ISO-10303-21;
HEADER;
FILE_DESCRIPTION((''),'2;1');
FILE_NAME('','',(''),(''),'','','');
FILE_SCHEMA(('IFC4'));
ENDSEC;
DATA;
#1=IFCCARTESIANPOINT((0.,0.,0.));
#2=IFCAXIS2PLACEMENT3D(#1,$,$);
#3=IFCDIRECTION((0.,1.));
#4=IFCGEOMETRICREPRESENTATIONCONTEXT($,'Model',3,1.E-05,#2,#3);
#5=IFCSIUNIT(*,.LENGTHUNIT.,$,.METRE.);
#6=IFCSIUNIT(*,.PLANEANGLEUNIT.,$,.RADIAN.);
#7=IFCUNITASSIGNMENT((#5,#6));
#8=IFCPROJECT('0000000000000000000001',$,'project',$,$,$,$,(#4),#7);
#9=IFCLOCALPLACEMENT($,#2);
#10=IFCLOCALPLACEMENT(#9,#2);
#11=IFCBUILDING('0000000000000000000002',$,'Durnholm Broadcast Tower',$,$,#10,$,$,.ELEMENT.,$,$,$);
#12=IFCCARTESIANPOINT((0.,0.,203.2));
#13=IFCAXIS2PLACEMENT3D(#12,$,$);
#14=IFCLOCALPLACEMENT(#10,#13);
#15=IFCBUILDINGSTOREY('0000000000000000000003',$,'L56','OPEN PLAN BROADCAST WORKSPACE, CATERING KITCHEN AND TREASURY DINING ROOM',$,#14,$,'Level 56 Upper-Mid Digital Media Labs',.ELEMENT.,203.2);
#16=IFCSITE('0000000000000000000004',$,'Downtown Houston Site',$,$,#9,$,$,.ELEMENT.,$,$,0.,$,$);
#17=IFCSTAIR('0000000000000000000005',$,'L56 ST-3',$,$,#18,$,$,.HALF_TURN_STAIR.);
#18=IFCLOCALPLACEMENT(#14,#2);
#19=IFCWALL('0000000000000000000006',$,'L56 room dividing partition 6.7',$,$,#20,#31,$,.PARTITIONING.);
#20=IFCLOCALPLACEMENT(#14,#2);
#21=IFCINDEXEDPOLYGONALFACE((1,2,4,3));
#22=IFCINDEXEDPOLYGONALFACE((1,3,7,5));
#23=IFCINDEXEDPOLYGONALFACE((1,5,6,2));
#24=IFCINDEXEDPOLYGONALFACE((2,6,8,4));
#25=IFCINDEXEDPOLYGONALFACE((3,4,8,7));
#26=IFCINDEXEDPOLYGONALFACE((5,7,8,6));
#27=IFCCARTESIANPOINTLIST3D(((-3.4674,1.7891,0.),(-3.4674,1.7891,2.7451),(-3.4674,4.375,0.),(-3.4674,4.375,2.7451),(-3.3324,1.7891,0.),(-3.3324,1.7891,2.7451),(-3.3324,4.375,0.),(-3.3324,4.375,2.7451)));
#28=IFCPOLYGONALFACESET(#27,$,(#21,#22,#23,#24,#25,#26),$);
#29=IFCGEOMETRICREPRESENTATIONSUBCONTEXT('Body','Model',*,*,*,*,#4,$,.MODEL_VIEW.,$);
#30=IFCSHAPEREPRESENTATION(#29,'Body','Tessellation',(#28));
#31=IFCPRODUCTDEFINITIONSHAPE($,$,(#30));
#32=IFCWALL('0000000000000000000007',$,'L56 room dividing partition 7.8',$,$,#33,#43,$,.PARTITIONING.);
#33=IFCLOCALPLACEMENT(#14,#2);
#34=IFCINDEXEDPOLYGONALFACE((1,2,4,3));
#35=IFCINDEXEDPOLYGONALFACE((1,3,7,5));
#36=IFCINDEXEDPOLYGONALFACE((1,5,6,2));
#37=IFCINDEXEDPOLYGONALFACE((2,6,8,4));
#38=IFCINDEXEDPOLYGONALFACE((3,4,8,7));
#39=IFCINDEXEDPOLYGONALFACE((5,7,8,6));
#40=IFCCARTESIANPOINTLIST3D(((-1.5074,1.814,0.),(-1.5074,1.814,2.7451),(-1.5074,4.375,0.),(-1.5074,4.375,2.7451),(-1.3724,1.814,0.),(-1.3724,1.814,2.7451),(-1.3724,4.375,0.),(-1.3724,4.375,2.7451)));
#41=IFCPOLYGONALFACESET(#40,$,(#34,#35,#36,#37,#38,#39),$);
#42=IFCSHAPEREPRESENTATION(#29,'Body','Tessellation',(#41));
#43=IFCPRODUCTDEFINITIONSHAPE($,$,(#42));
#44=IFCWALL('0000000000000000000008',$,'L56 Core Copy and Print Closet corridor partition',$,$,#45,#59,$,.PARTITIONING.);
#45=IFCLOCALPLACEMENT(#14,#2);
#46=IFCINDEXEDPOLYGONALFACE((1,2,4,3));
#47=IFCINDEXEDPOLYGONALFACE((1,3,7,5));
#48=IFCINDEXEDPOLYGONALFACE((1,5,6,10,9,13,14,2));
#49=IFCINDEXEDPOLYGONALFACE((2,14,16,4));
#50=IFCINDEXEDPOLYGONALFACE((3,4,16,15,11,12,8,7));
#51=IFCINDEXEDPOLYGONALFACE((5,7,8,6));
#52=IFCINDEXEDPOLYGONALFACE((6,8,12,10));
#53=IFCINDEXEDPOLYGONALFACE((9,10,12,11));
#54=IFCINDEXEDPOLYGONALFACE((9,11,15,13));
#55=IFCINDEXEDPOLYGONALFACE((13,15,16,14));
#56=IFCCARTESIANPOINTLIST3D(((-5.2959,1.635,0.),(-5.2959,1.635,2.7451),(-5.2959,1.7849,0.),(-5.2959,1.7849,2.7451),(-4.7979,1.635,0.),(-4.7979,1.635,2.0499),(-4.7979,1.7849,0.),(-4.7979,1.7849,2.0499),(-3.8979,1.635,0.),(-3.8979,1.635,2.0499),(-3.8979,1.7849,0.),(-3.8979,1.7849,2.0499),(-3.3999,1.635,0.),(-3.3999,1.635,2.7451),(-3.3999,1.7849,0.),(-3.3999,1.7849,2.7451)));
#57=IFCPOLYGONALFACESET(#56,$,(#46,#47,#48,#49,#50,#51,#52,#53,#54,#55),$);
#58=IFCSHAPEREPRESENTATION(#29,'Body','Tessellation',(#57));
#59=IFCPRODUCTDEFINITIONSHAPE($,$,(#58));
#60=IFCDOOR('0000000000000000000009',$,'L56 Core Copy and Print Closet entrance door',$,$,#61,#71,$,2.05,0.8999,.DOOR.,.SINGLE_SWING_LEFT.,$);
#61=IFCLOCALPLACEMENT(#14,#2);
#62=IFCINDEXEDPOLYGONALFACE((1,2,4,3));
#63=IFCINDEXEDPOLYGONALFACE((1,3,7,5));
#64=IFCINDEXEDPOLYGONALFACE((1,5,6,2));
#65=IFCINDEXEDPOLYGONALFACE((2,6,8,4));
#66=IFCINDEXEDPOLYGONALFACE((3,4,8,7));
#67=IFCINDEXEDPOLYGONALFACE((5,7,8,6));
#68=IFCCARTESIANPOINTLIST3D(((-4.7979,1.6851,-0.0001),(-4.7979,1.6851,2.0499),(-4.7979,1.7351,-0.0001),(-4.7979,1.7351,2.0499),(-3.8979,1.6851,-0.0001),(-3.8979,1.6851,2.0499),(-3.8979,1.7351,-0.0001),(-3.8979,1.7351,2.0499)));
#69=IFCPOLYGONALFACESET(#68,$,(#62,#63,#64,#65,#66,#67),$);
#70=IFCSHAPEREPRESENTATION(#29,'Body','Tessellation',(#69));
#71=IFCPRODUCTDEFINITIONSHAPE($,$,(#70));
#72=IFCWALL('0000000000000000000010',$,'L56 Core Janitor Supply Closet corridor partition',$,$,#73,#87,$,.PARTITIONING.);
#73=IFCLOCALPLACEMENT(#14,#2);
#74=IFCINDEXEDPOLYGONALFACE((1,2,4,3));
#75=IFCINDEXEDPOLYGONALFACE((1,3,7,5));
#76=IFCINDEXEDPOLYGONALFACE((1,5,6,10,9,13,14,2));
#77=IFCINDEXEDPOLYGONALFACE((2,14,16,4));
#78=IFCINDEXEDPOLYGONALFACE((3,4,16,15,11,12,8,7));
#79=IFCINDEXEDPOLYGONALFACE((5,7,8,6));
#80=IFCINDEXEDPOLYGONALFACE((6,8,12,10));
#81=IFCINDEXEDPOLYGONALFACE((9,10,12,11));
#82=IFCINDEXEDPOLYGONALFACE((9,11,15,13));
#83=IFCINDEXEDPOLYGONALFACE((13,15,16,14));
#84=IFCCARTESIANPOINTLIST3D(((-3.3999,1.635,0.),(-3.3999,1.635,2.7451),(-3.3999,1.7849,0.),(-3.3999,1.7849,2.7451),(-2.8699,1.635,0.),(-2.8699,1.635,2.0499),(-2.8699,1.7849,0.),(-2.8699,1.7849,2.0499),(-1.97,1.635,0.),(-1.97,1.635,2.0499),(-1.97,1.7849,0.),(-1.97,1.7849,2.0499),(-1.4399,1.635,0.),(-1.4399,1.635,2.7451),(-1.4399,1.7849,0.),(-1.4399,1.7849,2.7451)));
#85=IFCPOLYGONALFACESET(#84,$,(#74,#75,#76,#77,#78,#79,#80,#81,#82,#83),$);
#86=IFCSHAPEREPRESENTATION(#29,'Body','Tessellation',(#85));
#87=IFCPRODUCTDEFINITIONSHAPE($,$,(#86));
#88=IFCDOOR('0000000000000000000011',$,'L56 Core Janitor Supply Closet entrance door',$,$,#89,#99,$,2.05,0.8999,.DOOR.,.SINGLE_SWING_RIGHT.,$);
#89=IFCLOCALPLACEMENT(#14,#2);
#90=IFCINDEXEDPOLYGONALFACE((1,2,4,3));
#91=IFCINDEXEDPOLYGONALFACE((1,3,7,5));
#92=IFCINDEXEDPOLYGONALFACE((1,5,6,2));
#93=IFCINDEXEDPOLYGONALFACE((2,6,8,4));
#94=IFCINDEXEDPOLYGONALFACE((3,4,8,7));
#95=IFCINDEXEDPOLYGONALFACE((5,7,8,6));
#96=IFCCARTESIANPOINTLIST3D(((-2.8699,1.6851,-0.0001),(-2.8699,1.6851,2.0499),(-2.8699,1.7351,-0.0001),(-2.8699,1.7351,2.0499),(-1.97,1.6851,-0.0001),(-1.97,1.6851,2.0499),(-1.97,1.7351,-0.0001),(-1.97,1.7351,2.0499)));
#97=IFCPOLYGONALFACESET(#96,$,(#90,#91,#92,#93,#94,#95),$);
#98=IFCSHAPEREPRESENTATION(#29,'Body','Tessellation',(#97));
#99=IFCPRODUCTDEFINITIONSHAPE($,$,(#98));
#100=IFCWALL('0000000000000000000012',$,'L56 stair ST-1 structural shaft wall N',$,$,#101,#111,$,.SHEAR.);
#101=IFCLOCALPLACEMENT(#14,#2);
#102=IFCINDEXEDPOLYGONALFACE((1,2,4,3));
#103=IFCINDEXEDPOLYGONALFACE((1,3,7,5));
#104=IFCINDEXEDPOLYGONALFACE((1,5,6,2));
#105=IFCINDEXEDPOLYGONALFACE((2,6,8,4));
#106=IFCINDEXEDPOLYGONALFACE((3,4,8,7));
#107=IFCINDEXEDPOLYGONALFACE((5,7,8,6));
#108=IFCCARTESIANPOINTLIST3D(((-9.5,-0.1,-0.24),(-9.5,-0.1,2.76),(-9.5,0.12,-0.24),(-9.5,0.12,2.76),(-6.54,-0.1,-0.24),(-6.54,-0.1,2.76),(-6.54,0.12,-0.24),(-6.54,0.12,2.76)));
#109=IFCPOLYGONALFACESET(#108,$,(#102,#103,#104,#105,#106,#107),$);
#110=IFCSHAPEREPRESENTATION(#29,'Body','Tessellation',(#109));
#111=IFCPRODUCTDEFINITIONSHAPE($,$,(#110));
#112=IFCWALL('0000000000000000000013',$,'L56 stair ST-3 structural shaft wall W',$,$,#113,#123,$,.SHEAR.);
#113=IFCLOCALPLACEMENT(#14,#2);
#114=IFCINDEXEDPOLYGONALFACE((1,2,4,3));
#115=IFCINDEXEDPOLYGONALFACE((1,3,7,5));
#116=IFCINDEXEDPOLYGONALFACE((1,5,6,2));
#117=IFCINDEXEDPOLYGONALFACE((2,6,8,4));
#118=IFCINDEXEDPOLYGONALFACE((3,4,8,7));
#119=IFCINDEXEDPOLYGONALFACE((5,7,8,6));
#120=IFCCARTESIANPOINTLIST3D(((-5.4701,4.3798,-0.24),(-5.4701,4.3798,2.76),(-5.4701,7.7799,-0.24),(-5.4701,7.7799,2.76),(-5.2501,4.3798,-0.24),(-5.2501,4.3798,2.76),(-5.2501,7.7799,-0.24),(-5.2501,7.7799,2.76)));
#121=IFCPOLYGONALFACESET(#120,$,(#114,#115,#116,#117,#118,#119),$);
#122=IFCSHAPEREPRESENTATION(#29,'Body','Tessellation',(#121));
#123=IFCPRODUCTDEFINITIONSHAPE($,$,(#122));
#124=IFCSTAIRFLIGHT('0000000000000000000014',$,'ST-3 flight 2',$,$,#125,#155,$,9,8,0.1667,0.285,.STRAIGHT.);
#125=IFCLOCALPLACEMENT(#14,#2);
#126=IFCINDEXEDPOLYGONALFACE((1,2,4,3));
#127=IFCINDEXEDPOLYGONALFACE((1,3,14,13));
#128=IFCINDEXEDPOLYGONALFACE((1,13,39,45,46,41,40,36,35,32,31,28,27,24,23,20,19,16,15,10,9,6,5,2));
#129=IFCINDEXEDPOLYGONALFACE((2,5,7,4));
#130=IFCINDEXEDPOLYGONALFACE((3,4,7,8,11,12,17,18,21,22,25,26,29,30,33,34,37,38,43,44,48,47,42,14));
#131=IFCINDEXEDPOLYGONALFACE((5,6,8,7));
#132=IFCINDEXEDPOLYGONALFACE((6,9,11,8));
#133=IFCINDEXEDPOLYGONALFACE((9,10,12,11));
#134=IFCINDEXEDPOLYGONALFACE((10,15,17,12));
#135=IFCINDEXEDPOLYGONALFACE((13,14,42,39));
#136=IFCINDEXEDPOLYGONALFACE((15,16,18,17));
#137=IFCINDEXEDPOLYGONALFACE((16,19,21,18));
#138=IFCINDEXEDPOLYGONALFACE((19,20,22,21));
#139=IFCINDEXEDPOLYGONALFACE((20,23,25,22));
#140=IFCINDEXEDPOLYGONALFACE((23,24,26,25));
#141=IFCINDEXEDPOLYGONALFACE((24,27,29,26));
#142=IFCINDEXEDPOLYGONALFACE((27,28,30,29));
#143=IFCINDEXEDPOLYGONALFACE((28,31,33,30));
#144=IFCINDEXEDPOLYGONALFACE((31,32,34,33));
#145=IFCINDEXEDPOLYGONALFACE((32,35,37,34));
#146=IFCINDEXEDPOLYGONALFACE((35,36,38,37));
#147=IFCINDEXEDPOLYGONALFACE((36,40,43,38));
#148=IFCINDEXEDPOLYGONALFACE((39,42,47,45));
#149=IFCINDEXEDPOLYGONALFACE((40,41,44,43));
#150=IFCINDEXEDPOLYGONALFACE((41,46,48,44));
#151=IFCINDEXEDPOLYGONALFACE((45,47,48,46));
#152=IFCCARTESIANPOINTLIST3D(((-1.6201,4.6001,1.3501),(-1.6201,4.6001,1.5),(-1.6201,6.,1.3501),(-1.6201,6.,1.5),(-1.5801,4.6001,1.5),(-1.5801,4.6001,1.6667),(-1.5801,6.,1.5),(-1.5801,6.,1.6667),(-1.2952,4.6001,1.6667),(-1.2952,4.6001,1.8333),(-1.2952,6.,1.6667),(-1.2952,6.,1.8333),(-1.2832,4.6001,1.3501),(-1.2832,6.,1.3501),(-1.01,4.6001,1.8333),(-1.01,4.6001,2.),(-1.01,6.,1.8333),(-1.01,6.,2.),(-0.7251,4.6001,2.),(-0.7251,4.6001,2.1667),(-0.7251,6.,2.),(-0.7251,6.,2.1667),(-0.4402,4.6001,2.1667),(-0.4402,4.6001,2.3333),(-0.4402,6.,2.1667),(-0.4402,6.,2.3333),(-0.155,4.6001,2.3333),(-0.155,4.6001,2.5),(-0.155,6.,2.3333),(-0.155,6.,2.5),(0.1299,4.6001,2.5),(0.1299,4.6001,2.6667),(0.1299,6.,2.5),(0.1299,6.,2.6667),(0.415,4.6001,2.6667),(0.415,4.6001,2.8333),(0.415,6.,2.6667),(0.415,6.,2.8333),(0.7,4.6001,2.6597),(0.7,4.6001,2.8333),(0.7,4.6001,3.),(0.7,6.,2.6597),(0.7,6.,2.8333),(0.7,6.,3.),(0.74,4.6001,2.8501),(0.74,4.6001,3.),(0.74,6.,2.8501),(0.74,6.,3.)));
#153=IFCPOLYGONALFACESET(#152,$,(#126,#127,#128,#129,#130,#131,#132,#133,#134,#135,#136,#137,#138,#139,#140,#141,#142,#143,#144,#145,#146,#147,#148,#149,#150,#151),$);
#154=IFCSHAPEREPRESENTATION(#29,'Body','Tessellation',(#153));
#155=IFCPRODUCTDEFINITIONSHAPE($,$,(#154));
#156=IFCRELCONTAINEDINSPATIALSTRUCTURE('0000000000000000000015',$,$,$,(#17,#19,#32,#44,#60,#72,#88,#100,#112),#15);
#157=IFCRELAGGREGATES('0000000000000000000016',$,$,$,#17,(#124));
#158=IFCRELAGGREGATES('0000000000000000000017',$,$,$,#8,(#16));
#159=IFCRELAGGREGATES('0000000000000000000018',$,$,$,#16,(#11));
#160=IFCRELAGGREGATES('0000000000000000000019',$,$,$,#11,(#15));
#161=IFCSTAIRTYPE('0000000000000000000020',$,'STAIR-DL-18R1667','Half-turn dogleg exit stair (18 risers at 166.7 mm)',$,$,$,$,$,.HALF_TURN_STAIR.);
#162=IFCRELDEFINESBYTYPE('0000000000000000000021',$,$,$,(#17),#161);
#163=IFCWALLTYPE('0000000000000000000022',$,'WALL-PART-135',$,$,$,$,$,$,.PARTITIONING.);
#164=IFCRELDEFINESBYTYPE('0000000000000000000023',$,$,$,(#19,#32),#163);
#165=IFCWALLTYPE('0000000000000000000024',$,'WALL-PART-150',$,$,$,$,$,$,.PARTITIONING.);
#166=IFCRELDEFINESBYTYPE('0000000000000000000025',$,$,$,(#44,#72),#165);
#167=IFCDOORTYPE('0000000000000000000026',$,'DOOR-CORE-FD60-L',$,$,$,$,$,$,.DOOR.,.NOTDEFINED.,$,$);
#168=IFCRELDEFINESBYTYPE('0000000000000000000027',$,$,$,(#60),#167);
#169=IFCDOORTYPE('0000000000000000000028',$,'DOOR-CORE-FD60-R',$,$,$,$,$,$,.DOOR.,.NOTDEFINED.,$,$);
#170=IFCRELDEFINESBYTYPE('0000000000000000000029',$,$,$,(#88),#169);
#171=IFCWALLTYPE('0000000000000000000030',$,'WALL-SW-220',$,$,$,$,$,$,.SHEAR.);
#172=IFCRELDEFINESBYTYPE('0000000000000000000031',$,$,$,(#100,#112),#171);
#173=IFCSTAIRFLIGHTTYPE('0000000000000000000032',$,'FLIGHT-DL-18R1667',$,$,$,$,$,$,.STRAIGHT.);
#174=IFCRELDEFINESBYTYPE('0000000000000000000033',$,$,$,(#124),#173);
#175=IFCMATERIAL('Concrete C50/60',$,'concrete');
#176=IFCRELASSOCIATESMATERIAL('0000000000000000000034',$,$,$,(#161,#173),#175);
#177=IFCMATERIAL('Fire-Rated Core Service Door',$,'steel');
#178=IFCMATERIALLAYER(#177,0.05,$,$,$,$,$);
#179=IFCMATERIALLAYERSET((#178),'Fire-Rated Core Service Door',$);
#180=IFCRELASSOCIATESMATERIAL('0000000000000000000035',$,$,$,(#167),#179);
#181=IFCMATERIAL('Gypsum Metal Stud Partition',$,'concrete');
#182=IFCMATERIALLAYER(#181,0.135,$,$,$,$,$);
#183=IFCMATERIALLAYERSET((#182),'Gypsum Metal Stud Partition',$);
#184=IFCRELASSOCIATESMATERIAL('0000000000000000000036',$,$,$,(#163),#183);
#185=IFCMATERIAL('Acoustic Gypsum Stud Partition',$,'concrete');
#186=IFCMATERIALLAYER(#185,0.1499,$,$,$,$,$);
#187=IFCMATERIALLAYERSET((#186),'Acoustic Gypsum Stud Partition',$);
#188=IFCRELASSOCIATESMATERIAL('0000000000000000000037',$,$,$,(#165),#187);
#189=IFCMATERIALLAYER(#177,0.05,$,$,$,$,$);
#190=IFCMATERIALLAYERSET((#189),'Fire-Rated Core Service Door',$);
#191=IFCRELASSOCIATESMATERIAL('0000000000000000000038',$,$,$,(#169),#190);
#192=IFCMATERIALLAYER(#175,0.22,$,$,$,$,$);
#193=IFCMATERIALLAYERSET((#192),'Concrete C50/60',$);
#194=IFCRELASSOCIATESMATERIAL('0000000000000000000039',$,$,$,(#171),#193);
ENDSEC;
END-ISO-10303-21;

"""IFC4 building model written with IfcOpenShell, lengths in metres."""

from ifc_helpers import new_model, si_unit, direction, frame, frame_2d, origin, place, context, subcontext, project, spatial, polyline, rectangle, outline, extrude, source, transform, mapped, material, layer, layer_set, type_object, type_shapes, element, fill, aggregate, save


model = new_model("IFC4")

# Units and contexts
model_context = context("Model", 3, precision=1e-05, world=origin(), true_north=direction((0.0, 1.0)))
body_context = subcontext(model_context, "Body", "Model", "MODEL_VIEW")
ifc_project = project(units=[si_unit("LENGTHUNIT", "METRE"), si_unit("PLANEANGLEUNIT", "RADIAN")], contexts=[model_context])

# Site, building, storey
site_placement = place(None, origin())
site = spatial("IfcSite", under=ifc_project, at=site_placement, Name="Downtown Houston Site", CompositionType="ELEMENT", RefElevation=0.0)
building_placement = place(site_placement, origin())
building = spatial("IfcBuilding", under=site, at=building_placement, Name="Durnholm Broadcast Tower", CompositionType="ELEMENT")
storey_placement = place(building_placement, frame((0.0, 0.0, 203.2)))
storey = spatial("IfcBuildingStorey", under=building, at=storey_placement, Name="L56", Description="OPEN PLAN BROADCAST WORKSPACE, CATERING KITCHEN AND TREASURY DINING ROOM", LongName="Level 56 Upper-Mid Digital Media Labs", CompositionType="ELEMENT", Elevation=203.2)

# Shared definitions
ifc_material_1 = material(Name="Concrete C50/60", Category="concrete")

# Stair
stair_type = type_object("IfcStairType", Name="STAIR-DL-18R1667", Description="Half-turn dogleg exit stair (18 risers at 166.7 mm)", PredefinedType="HALF_TURN_STAIR", material=ifc_material_1)
stair_1_placement = place(storey_placement, origin())
stair_1 = element("IfcStair", 1, at=stair_1_placement, inside=storey, type_object=stair_type, Name="L56 ST-3", PredefinedType="HALF_TURN_STAIR")

# Shared definitions
ifc_material_2 = material(Name="Fire-Rated Core Service Door", Category="steel")
ifc_layer_1 = layer(ifc_material_2, 0.05)
ifc_layer_set_1 = layer_set([ifc_layer_1], Name="Fire-Rated Core Service Door")
door_type_1 = type_object("IfcDoorType", Name="DOOR-CORE-FD60-L", OperationType="NOTDEFINED", PredefinedType="DOOR", material=ifc_layer_set_1)
shared_shape_1 = source(origin(), body_context, "Body", "SweptSolid", [
    extrude(rectangle(XDim=0.8999, YDim=2.05, at=frame_2d((0.45, 1.0249))), frame((0.0, 0.0249, 0.0), z_axis=(0.0, -1.0, 0.0), x_axis=(1.0, 0.0, 0.0)), (0.0, 0.0, 1.0), 0.05),
])
type_shapes(door_type_1, [shared_shape_1])

# Walls
ifc_material_3 = material(Name="Gypsum Metal Stud Partition", Category="concrete")
ifc_layer_2 = layer(ifc_material_3, 0.135)
ifc_layer_set_2 = layer_set([ifc_layer_2], Name="Gypsum Metal Stud Partition")
wall_type_1 = type_object("IfcWallType", Name="WALL-PART-135", PredefinedType="PARTITIONING", material=ifc_layer_set_2)
wall_1_placement = place(storey_placement, frame((-3.3999, 4.375, 0.0), z_axis=(0.0, 0.0, 1.0), x_axis=(0.0, -1.0, 0.0)))
element("IfcWall", 2, at=wall_1_placement, inside=storey, type_object=wall_type_1, Name="L56 room dividing partition 6.7", PredefinedType="PARTITIONING", context=body_context, shape_type="SweptSolid", body=[
    extrude(rectangle(XDim=2.5859, YDim=0.135, at=frame_2d((1.293, 0.0))), origin(), (0.0, 0.0, 1.0), 2.7451),
])
wall_2_placement = place(storey_placement, frame((-1.4399, 4.375, 0.0), z_axis=(0.0, 0.0, 1.0), x_axis=(0.0, -1.0, 0.0)))
element("IfcWall", 3, at=wall_2_placement, inside=storey, type_object=wall_type_1, Name="L56 room dividing partition 7.8", PredefinedType="PARTITIONING", context=body_context, shape_type="SweptSolid", body=[
    extrude(rectangle(XDim=2.561, YDim=0.135, at=frame_2d((1.2805, 0.0))), origin(), (0.0, 0.0, 1.0), 2.7451),
])

# Walls, openings, doors
ifc_material_4 = material(Name="Acoustic Gypsum Stud Partition", Category="concrete")
ifc_layer_3 = layer(ifc_material_4, 0.1499)
ifc_layer_set_3 = layer_set([ifc_layer_3], Name="Acoustic Gypsum Stud Partition")
wall_type_2 = type_object("IfcWallType", Name="WALL-PART-150", PredefinedType="PARTITIONING", material=ifc_layer_set_3)
wall_3_placement = place(storey_placement, frame((-3.3999, 1.71, 0.0), z_axis=(0.0, 0.0, 1.0), x_axis=(-1.0, 0.0, 0.0)))
wall_3 = element("IfcWall", 4, at=wall_3_placement, inside=storey, type_object=wall_type_2, Name="L56 Core Copy and Print Closet corridor partition", PredefinedType="PARTITIONING", context=body_context, shape_type="SweptSolid", body=[
    extrude(rectangle(XDim=1.896, YDim=0.1499, at=frame_2d((0.948, 0.0))), origin(), (0.0, 0.0, 1.0), 2.7451),
])
opening_1_placement = place(wall_3_placement, frame((0.498, 0.0, 0.0)))
opening_1 = element("IfcOpeningElement", 5, at=opening_1_placement, cuts=wall_3, PredefinedType="OPENING", context=body_context, shape_type="SweptSolid", body=[
    extrude(rectangle(XDim=0.8999, YDim=2.05, at=frame_2d((0.45, 1.0249))), frame((0.0, 0.085, 0.0), z_axis=(0.0, -1.0, 0.0), x_axis=(1.0, 0.0, 0.0)), (0.0, 0.0, 1.0), 0.1699),
])
door_1_placement = place(opening_1_placement, origin())
door_1 = element("IfcDoor", 6, at=door_1_placement, inside=storey, type_object=door_type_1, Name="L56 Core Copy and Print Closet entrance door", OperationType="SINGLE_SWING_LEFT", OverallHeight=2.05, OverallWidth=0.8999, PredefinedType="DOOR", context=body_context, shape_type="MappedRepresentation", body=[
    mapped(shared_shape_1, transform((0.0, 0.0, 0.0), x_axis=(1.0, 0.0, 0.0), y_axis=(0.0, 1.0, 0.0), z_axis=(0.0, 0.0, 1.0), scale=1.0)),
])
fill(opening_1, door_1)
wall_4_placement = place(storey_placement, frame((-1.4399, 1.71, 0.0), z_axis=(0.0, 0.0, 1.0), x_axis=(-1.0, 0.0, 0.0)))
wall_4 = element("IfcWall", 7, at=wall_4_placement, inside=storey, type_object=wall_type_2, Name="L56 Core Janitor Supply Closet corridor partition", PredefinedType="PARTITIONING", context=body_context, shape_type="SweptSolid", body=[
    extrude(rectangle(XDim=1.96, YDim=0.1499, at=frame_2d((0.98, 0.0))), origin(), (0.0, 0.0, 1.0), 2.7451),
])
opening_2_placement = place(wall_4_placement, frame((0.53, 0.0, 0.0)))
opening_2 = element("IfcOpeningElement", 8, at=opening_2_placement, cuts=wall_4, PredefinedType="OPENING", context=body_context, shape_type="SweptSolid", body=[
    extrude(rectangle(XDim=0.8999, YDim=2.05, at=frame_2d((0.45, 1.0249))), frame((0.0, 0.085, 0.0), z_axis=(0.0, -1.0, 0.0), x_axis=(1.0, 0.0, 0.0)), (0.0, 0.0, 1.0), 0.1699),
])
ifc_layer_4 = layer(ifc_material_2, 0.05)
ifc_layer_set_4 = layer_set([ifc_layer_4], Name="Fire-Rated Core Service Door")
door_type_2 = type_object("IfcDoorType", Name="DOOR-CORE-FD60-R", OperationType="NOTDEFINED", PredefinedType="DOOR", material=ifc_layer_set_4)
shared_shape_2 = source(origin(), body_context, "Body", "SweptSolid", [
    extrude(rectangle(XDim=0.8999, YDim=2.05, at=frame_2d((0.45, 1.0249))), frame((0.0, 0.0249, 0.0), z_axis=(0.0, -1.0, 0.0), x_axis=(1.0, 0.0, 0.0)), (0.0, 0.0, 1.0), 0.05),
])
type_shapes(door_type_2, [shared_shape_2])
door_2_placement = place(opening_2_placement, origin())
door_2 = element("IfcDoor", 9, at=door_2_placement, inside=storey, type_object=door_type_2, Name="L56 Core Janitor Supply Closet entrance door", OperationType="SINGLE_SWING_RIGHT", OverallHeight=2.05, OverallWidth=0.8999, PredefinedType="DOOR", context=body_context, shape_type="MappedRepresentation", body=[
    mapped(shared_shape_2, transform((0.0, 0.0, 0.0), x_axis=(1.0, 0.0, 0.0), y_axis=(0.0, 1.0, 0.0), z_axis=(0.0, 0.0, 1.0), scale=1.0)),
])
fill(opening_2, door_2)

# Walls
ifc_layer_5 = layer(ifc_material_1, 0.22)
ifc_layer_set_5 = layer_set([ifc_layer_5], Name="Concrete C50/60")
wall_type_3 = type_object("IfcWallType", Name="WALL-SW-220", PredefinedType="SHEAR", material=ifc_layer_set_5)
wall_5_placement = place(storey_placement, frame((-6.54, 0.01, -0.24), z_axis=(0.0, 0.0, 1.0), x_axis=(-1.0, 0.0, 0.0)))
element("IfcWall", 10, at=wall_5_placement, inside=storey, type_object=wall_type_3, Name="L56 stair ST-1 structural shaft wall N", PredefinedType="SHEAR", context=body_context, shape_type="SweptSolid", body=[
    extrude(rectangle(XDim=2.96, YDim=0.22, at=frame_2d((1.48, 0.0))), origin(), (0.0, 0.0, 1.0), 3.0),
])
wall_6_placement = place(storey_placement, frame((-5.3601, 7.78, -0.24), z_axis=(0.0, 0.0, 1.0), x_axis=(0.0, -1.0, 0.0)))
element("IfcWall", 11, at=wall_6_placement, inside=storey, type_object=wall_type_3, Name="L56 stair ST-3 structural shaft wall W", PredefinedType="SHEAR", context=body_context, shape_type="SweptSolid", body=[
    extrude(rectangle(XDim=3.4001, YDim=0.22, at=frame_2d((1.7002, 0.0))), origin(), (0.0, 0.0, 1.0), 3.0),
])

# Stair flight
stair_flight_type = type_object("IfcStairFlightType", Name="FLIGHT-DL-18R1667", PredefinedType="STRAIGHT", material=ifc_material_1)
stair_flight_placement = place(storey_placement, frame((-1.5801, 5.3, 1.5), z_axis=(0.0, 0.0, 1.0), x_axis=(1.0, 0.0, 0.0)))
stair_flight = element("IfcStairFlight", 12, at=stair_flight_placement, type_object=stair_flight_type, Name="ST-3 flight 2", NumberOfRisers=9, NumberOfTreads=8, PredefinedType="STRAIGHT", RiserHeight=0.1667, TreadLength=0.285, context=body_context, shape_type="SweptSolid", body=[
    extrude(outline(polyline([(-0.04, -0.1499), (-0.04, 0.0), (0.0, 0.0), (0.0, 0.1667), (0.2849, 0.1667), (0.2849, 0.3333), (0.5701, 0.3333), (0.5701, 0.5), (0.855, 0.5), (0.855, 0.6667), (1.1399, 0.6667), (1.1399, 0.8333), (1.425, 0.8333), (1.425, 1.0), (1.71, 1.0), (1.71, 1.1667), (1.9951, 1.1667), (1.9951, 1.3333), (2.28, 1.3333), (2.28, 1.5), (2.3201, 1.5), (2.3201, 1.3501), (2.28, 1.1597), (0.2969, -0.1499), (-0.04, -0.1499)])), frame((0.0, 0.7, 0.0), z_axis=(0.0, -1.0, 0.0), x_axis=(1.0, 0.0, 0.0)), (0.0, 0.0, 1.0), 1.3999),
])
aggregate(stair_1, [stair_flight])

save(model, "model.ifc")
